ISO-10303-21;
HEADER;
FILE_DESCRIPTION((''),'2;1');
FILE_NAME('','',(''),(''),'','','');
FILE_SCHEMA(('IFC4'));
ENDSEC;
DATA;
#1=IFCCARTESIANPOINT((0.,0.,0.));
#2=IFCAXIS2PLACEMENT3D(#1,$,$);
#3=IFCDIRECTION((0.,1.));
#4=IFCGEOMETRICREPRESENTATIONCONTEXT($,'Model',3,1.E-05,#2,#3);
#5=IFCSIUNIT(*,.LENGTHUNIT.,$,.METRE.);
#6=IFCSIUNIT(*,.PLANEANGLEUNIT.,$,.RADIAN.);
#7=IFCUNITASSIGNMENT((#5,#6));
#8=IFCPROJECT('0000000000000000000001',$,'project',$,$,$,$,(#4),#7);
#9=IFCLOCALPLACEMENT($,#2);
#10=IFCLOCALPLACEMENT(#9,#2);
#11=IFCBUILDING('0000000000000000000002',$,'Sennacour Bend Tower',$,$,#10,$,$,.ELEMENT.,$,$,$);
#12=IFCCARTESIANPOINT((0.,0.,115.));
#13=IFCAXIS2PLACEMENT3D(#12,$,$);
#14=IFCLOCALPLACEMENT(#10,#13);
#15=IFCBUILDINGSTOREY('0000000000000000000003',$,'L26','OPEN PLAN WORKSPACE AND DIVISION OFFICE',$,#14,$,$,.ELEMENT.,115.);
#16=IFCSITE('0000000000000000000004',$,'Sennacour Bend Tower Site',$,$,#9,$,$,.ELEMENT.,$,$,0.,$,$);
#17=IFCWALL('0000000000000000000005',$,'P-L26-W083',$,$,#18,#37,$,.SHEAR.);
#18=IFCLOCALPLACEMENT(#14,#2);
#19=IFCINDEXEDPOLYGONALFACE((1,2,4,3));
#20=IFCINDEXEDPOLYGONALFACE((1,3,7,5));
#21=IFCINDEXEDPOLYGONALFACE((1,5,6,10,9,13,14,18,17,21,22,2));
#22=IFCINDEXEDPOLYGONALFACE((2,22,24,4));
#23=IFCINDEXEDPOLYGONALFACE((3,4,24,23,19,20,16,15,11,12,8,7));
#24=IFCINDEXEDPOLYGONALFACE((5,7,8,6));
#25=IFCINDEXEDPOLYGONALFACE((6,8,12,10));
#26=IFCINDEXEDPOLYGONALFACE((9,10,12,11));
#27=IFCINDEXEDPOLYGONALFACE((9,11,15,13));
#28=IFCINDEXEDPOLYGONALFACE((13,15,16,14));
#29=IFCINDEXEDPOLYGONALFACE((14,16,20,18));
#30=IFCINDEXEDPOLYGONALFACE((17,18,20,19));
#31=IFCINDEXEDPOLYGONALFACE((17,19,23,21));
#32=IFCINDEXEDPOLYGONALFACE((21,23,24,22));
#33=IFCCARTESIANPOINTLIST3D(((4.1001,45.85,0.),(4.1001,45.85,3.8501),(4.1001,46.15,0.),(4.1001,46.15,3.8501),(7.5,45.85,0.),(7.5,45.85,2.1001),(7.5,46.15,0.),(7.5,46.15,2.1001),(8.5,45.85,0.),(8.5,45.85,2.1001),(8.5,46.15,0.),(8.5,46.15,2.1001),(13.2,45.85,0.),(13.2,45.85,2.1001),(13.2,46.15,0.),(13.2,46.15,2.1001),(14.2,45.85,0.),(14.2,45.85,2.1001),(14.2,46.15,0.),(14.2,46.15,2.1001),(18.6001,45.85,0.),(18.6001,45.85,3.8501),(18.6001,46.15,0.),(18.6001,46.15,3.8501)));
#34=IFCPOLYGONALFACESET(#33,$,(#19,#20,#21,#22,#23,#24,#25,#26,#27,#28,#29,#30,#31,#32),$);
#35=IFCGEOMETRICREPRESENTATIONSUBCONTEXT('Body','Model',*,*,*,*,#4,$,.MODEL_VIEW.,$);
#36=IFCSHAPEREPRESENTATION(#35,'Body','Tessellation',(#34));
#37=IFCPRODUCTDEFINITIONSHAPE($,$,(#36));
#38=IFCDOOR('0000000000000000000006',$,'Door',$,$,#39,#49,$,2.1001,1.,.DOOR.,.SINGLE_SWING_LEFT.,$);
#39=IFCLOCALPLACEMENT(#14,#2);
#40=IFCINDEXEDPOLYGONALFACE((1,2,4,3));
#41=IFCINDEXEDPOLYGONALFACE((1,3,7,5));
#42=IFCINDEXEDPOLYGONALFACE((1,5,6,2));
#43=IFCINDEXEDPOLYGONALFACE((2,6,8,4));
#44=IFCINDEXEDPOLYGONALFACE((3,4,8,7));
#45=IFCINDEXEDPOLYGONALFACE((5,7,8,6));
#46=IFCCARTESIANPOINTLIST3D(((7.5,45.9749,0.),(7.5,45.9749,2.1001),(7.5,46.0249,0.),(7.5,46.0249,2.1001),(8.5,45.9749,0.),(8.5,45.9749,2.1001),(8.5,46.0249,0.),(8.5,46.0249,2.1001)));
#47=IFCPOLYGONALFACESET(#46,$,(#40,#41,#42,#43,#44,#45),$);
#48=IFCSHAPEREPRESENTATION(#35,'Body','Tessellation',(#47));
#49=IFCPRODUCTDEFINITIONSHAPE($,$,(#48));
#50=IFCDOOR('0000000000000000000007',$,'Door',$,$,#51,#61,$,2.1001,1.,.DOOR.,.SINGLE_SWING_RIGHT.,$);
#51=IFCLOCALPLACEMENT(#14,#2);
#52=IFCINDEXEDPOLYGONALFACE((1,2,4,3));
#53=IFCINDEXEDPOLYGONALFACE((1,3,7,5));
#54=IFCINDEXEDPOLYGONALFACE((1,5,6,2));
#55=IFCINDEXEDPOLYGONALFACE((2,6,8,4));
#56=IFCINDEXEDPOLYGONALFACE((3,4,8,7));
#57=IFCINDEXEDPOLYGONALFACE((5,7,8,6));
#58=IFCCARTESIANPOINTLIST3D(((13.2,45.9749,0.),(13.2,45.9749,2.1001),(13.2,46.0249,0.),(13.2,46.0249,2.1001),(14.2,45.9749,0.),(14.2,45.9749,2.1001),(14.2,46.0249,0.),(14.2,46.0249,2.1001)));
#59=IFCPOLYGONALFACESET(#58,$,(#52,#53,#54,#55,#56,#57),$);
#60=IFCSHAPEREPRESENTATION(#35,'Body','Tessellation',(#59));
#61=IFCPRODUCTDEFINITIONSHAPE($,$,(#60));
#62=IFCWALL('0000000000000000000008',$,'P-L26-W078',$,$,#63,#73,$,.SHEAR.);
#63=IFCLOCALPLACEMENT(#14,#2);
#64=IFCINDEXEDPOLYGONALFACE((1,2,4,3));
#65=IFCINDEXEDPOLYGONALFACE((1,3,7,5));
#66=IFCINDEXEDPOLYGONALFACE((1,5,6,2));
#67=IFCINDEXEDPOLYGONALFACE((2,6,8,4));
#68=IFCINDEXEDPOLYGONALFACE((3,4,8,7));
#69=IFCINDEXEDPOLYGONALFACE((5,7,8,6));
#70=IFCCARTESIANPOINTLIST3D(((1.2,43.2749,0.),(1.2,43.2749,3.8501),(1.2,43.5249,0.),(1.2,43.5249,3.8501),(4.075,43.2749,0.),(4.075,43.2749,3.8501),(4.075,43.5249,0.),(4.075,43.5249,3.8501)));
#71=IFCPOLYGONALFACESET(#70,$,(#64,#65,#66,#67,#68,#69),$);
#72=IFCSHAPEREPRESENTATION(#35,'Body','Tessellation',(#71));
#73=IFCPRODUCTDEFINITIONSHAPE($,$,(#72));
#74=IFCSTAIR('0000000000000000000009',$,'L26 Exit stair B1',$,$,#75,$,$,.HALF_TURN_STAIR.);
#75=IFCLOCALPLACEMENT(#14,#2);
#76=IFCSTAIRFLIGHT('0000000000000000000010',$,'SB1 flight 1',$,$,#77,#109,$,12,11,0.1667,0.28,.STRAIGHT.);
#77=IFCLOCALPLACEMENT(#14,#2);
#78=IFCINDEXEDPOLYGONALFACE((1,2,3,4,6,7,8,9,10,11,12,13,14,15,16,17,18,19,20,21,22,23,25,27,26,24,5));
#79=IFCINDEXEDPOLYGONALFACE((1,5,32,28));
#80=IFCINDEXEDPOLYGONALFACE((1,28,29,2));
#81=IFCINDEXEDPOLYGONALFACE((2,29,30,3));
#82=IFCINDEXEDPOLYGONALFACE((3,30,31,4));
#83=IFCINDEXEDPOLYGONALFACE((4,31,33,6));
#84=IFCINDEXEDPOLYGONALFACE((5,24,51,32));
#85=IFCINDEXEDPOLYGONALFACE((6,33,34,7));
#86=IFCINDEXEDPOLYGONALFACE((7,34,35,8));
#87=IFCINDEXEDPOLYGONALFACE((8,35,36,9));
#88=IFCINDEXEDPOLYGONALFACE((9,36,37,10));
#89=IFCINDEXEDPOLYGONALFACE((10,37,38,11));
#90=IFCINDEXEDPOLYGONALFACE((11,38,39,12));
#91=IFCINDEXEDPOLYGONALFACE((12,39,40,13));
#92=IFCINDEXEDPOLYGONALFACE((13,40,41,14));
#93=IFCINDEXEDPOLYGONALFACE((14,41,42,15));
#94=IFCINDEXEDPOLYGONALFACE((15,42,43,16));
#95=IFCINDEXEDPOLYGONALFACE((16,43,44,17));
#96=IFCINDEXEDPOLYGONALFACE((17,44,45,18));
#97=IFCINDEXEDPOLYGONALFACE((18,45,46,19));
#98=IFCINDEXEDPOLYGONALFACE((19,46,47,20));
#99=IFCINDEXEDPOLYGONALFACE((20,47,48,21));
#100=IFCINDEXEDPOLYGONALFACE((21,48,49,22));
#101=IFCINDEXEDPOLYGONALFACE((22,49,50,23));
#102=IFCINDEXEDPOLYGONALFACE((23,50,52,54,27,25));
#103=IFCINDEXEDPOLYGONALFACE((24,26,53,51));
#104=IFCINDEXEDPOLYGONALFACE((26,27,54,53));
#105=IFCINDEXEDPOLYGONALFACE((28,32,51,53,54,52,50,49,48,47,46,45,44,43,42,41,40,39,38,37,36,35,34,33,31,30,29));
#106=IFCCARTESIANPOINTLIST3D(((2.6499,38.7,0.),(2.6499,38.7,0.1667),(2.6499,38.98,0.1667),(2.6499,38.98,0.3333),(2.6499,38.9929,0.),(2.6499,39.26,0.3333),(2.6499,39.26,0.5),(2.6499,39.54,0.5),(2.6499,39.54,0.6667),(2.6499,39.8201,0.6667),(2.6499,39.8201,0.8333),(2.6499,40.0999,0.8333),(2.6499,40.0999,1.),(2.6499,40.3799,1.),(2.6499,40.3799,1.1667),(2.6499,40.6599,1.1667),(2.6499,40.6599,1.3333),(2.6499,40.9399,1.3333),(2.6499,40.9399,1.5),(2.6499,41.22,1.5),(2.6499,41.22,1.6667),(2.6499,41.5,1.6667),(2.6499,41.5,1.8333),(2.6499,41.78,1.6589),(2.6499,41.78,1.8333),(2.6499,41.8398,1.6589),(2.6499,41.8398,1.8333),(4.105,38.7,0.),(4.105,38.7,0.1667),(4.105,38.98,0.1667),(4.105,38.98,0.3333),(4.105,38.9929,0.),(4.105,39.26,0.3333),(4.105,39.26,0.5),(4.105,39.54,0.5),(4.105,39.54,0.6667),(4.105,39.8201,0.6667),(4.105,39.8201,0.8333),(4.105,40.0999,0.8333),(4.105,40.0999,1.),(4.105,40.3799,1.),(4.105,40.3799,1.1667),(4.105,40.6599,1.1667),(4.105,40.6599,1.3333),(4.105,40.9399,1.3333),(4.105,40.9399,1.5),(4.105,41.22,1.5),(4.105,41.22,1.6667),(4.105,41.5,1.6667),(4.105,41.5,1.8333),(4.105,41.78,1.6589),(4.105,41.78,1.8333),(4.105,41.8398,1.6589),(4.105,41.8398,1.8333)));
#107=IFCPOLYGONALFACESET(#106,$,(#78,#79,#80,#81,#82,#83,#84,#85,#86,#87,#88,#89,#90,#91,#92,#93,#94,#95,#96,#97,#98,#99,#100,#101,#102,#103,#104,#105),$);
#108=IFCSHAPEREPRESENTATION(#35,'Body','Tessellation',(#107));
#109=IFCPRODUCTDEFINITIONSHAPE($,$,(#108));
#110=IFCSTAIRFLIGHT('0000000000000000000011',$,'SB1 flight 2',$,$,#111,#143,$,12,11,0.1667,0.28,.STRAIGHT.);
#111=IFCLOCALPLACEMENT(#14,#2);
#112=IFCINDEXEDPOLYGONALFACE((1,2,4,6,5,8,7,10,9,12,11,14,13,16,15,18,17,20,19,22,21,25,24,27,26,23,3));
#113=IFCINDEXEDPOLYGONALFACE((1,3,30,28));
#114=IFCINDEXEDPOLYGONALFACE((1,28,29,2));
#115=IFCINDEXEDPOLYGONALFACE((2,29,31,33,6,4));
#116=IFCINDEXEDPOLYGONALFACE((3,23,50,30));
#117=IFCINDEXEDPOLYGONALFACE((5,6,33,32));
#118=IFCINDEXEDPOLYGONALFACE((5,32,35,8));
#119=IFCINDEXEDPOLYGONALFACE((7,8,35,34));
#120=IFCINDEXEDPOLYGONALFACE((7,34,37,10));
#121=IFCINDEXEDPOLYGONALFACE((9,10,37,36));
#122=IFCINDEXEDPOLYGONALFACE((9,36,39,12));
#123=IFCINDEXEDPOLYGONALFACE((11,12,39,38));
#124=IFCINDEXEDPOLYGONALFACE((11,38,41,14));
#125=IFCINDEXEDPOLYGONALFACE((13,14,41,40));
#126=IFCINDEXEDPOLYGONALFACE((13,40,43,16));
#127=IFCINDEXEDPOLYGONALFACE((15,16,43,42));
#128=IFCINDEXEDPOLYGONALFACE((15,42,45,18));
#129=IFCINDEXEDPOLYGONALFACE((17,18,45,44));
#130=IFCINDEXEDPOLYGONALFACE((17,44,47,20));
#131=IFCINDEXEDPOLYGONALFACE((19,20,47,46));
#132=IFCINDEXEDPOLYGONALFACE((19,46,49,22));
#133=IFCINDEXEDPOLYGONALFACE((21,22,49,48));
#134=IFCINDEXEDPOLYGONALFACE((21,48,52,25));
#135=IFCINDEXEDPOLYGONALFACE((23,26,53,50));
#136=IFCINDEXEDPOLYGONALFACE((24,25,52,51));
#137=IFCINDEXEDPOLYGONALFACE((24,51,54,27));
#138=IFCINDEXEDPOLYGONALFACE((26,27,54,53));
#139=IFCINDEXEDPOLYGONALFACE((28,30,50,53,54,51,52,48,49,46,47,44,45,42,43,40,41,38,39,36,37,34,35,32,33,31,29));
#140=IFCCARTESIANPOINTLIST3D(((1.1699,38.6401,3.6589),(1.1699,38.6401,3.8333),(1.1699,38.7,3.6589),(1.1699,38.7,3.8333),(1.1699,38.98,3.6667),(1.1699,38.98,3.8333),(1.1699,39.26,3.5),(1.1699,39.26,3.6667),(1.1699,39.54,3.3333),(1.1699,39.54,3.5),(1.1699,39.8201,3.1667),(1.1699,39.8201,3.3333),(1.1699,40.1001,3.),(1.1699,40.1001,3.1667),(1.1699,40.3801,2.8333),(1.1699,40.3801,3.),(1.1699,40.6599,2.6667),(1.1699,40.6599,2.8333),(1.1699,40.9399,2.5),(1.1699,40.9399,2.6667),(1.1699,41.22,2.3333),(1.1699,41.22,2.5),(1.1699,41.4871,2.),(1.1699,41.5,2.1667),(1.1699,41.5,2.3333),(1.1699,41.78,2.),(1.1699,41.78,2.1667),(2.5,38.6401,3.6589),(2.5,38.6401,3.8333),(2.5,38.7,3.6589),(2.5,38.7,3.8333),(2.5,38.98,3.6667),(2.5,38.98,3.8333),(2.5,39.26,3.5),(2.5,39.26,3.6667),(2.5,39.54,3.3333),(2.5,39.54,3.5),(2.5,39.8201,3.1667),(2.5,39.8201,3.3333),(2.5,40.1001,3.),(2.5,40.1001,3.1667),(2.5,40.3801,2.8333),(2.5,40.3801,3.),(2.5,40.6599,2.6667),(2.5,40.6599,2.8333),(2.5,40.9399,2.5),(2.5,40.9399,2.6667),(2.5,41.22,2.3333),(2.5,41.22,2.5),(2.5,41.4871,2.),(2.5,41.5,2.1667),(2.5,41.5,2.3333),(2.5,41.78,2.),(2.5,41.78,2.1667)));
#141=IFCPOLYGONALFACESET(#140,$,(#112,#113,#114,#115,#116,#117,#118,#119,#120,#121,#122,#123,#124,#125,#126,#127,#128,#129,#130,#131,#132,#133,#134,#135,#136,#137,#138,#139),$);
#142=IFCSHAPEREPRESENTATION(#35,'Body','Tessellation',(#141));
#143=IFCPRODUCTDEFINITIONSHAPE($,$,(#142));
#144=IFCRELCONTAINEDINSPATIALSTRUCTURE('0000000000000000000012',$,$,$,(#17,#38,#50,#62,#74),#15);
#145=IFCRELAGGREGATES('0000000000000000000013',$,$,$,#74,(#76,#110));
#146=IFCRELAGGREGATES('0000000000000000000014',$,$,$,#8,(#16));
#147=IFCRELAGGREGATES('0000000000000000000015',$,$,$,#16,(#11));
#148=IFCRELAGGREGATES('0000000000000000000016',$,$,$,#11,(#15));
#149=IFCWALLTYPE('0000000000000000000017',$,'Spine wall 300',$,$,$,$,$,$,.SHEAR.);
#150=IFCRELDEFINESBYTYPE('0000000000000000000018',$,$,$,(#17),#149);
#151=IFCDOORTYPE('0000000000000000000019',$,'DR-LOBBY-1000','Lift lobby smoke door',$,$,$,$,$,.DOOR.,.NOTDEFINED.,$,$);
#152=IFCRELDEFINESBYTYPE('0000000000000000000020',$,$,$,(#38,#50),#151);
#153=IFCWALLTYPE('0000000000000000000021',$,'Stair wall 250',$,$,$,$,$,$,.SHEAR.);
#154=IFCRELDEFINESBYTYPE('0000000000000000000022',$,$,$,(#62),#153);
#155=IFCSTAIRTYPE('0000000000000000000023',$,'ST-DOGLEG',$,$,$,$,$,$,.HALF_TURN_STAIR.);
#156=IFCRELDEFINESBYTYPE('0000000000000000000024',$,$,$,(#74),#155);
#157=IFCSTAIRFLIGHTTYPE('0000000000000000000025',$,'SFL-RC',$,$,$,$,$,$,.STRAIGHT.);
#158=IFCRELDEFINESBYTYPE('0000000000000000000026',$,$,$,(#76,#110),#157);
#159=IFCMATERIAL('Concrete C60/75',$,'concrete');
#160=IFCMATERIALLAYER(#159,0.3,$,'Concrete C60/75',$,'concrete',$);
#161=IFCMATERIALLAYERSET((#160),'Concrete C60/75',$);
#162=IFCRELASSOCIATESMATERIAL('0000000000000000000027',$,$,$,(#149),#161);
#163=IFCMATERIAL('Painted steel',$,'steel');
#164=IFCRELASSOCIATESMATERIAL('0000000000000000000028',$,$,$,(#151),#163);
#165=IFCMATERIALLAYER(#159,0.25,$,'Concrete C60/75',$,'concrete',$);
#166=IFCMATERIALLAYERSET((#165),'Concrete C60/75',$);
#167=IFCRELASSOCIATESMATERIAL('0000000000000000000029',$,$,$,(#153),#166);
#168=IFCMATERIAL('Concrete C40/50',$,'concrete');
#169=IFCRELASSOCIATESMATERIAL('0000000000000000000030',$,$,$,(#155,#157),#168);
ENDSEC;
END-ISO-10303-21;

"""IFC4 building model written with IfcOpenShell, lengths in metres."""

from ifc_helpers import new_model, si_unit, direction, frame, frame_2d, origin, place, context, subcontext, project, spatial, polyline, rectangle, outline, extrude, material, layer, layer_set, type_object, element, fill, aggregate, save


model = new_model("IFC4")

# Units and contexts
model_context = context("Model", 3, precision=1e-05, world=origin(), true_north=direction((0.0, 1.0)))
body_context = subcontext(model_context, "Body", "Model", "MODEL_VIEW")
ifc_project = project(units=[si_unit("LENGTHUNIT", "METRE"), si_unit("PLANEANGLEUNIT", "RADIAN")], contexts=[model_context])

# Site, building, storey
site_placement = place(None, origin())
site = spatial("IfcSite", under=ifc_project, at=site_placement, Name="Sennacour Bend Tower Site", CompositionType="ELEMENT", RefElevation=0.0)
building_placement = place(site_placement, origin())
building = spatial("IfcBuilding", under=site, at=building_placement, Name="Sennacour Bend Tower", CompositionType="ELEMENT")
storey_placement = place(building_placement, frame((0.0, 0.0, 115.0)))
storey = spatial("IfcBuildingStorey", under=building, at=storey_placement, Name="L26", Description="OPEN PLAN WORKSPACE AND DIVISION OFFICE", CompositionType="ELEMENT", Elevation=115.0)

# Shared definitions
ifc_material_1 = material(Name="Painted steel", Category="steel")

# Wall, openings, doors
ifc_material_2 = material(Name="Concrete C60/75", Category="concrete")
ifc_layer_1 = layer(ifc_material_2, 0.3, Name="Concrete C60/75", Category="concrete")
ifc_layer_set_1 = layer_set([ifc_layer_1], Name="Concrete C60/75")
wall_type_1 = type_object("IfcWallType", Name="Spine wall 300", PredefinedType="SHEAR", material=ifc_layer_set_1)
wall_1_placement = place(storey_placement, frame((4.1001, 46.0, 0.0), z_axis=(0.0, 0.0, 1.0), x_axis=(1.0, 0.0, 0.0)))
wall_1 = element("IfcWall", 1, at=wall_1_placement, inside=storey, type_object=wall_type_1, Name="P-L26-W083", PredefinedType="SHEAR", context=body_context, shape_type="SweptSolid", body=[
    extrude(rectangle(XDim=14.5, YDim=0.3, at=frame_2d((7.25, 0.0))), origin(), (0.0, 0.0, 1.0), 3.8501),
])
opening_1_placement = place(wall_1_placement, frame((3.3999, 0.0, 0.0)))
opening_1 = element("IfcOpeningElement", 2, at=opening_1_placement, cuts=wall_1, PredefinedType="OPENING", context=body_context, shape_type="SweptSolid", body=[
    extrude(rectangle(XDim=1.0, YDim=2.1001, at=frame_2d((0.5, 1.05))), frame((0.0, 0.1602, 0.0), z_axis=(0.0, -1.0, 0.0), x_axis=(1.0, 0.0, 0.0)), (0.0, 0.0, 1.0), 0.3201),
])
opening_2_placement = place(wall_1_placement, frame((9.0999, 0.0, 0.0)))
opening_2 = element("IfcOpeningElement", 3, at=opening_2_placement, cuts=wall_1, PredefinedType="OPENING", context=body_context, shape_type="SweptSolid", body=[
    extrude(rectangle(XDim=1.0, YDim=2.1001, at=frame_2d((0.5, 1.05))), frame((0.0, 0.1602, 0.0), z_axis=(0.0, -1.0, 0.0), x_axis=(1.0, 0.0, 0.0)), (0.0, 0.0, 1.0), 0.3201),
])
door_type_1 = type_object("IfcDoorType", Name="DR-LOBBY-1000", Description="Lift lobby smoke door", OperationType="NOTDEFINED", PredefinedType="DOOR", material=ifc_material_1)
door_1_placement = place(opening_1_placement, origin())
door_1 = element("IfcDoor", 4, at=door_1_placement, inside=storey, type_object=door_type_1, Name="Door", OperationType="SINGLE_SWING_LEFT", OverallHeight=2.1001, OverallWidth=1.0, PredefinedType="DOOR", context=body_context, shape_type="SweptSolid", body=[
    extrude(rectangle(XDim=1.0, YDim=2.1001, at=frame_2d((0.5, 1.05))), frame((0.0, 0.0249, 0.0), z_axis=(0.0, -1.0, 0.0), x_axis=(1.0, 0.0, 0.0)), (0.0, 0.0, 1.0), 0.05),
])
fill(opening_1, door_1)
door_2_placement = place(opening_2_placement, origin())
door_2 = element("IfcDoor", 5, at=door_2_placement, inside=storey, type_object=door_type_1, Name="Door", OperationType="SINGLE_SWING_RIGHT", OverallHeight=2.1001, OverallWidth=1.0, PredefinedType="DOOR", context=body_context, shape_type="SweptSolid", body=[
    extrude(rectangle(XDim=1.0, YDim=2.1001, at=frame_2d((0.5, 1.05))), frame((0.0, 0.0249, 0.0), z_axis=(0.0, -1.0, 0.0), x_axis=(1.0, 0.0, 0.0)), (0.0, 0.0, 1.0), 0.05),
])
fill(opening_2, door_2)

# Wall
ifc_layer_2 = layer(ifc_material_2, 0.25, Name="Concrete C60/75", Category="concrete")
ifc_layer_set_2 = layer_set([ifc_layer_2], Name="Concrete C60/75")
wall_type_2 = type_object("IfcWallType", Name="Stair wall 250", PredefinedType="SHEAR", material=ifc_layer_set_2)
wall_2_placement = place(storey_placement, frame((1.2, 43.3999, 0.0), z_axis=(0.0, 0.0, 1.0), x_axis=(1.0, 0.0, 0.0)))
element("IfcWall", 6, at=wall_2_placement, inside=storey, type_object=wall_type_2, Name="P-L26-W078", PredefinedType="SHEAR", context=body_context, shape_type="SweptSolid", body=[
    extrude(rectangle(XDim=2.875, YDim=0.25, at=frame_2d((1.4375, 0.0))), origin(), (0.0, 0.0, 1.0), 3.8501),
])

# Stair, stair flights
ifc_material_3 = material(Name="Concrete C40/50", Category="concrete")
stair_type = type_object("IfcStairType", Name="ST-DOGLEG", PredefinedType="HALF_TURN_STAIR", material=ifc_material_3)
stair_placement = place(storey_placement, origin())
stair = element("IfcStair", 7, at=stair_placement, inside=storey, type_object=stair_type, Name="L26 Exit stair B1", PredefinedType="HALF_TURN_STAIR")
stair_flight_type = type_object("IfcStairFlightType", Name="SFL-RC", PredefinedType="STRAIGHT", material=ifc_material_3)
stair_flight_1_placement = place(storey_placement, frame((3.3774, 38.7, 0.0), z_axis=(0.0, 0.0, 1.0), x_axis=(0.0, 1.0, 0.0)))
stair_flight_1 = element("IfcStairFlight", 8, at=stair_flight_1_placement, type_object=stair_flight_type, Name="SB1 flight 1", NumberOfRisers=12, NumberOfTreads=11, PredefinedType="STRAIGHT", RiserHeight=0.1667, TreadLength=0.28, context=body_context, shape_type="SweptSolid", body=[
    extrude(outline(polyline([(0.0, 0.0), (0.0, 0.1667), (0.28, 0.1667), (0.28, 0.3333), (0.5601, 0.3333), (0.5601, 0.5), (0.8401, 0.5), (0.8401, 0.6667), (1.1201, 0.6667), (1.1201, 0.8333), (1.3999, 0.8333), (1.3999, 1.0), (1.6799, 1.0), (1.6799, 1.1667), (1.96, 1.1667), (1.96, 1.3333), (2.24, 1.3333), (2.24, 1.5), (2.52, 1.5), (2.52, 1.6667), (2.8, 1.6667), (2.8, 1.8333), (3.0801, 1.8333), (3.1399, 1.8333), (3.1399, 1.6589), (3.0801, 1.6589), (0.293, 0.0), (0.0, 0.0)])), frame((0.0, 0.7275, 0.0), z_axis=(0.0, -1.0, 0.0), x_axis=(1.0, 0.0, 0.0)), (0.0, 0.0, 1.0), 1.4551),
])
stair_flight_2_placement = place(storey_placement, frame((1.835, 41.78, 2.0), z_axis=(0.0, 0.0, 1.0), x_axis=(0.0, -1.0, 0.0)))
stair_flight_2 = element("IfcStairFlight", 9, at=stair_flight_2_placement, type_object=stair_flight_type, Name="SB1 flight 2", NumberOfRisers=12, NumberOfTreads=11, PredefinedType="STRAIGHT", RiserHeight=0.1667, TreadLength=0.28, context=body_context, shape_type="SweptSolid", body=[
    extrude(outline(polyline([(0.0, 0.0), (0.0, 0.1667), (0.28, 0.1667), (0.28, 0.3333), (0.5601, 0.3333), (0.5601, 0.5), (0.8401, 0.5), (0.8401, 0.6667), (1.1201, 0.6667), (1.1201, 0.8333), (1.3999, 0.8333), (1.3999, 1.0), (1.6799, 1.0), (1.6799, 1.1667), (1.96, 1.1667), (1.96, 1.3333), (2.24, 1.3333), (2.24, 1.5), (2.52, 1.5), (2.52, 1.6667), (2.8, 1.6667), (2.8, 1.8333), (3.0801, 1.8333), (3.1399, 1.8333), (3.1399, 1.6589), (3.0801, 1.6589), (0.293, 0.0), (0.0, 0.0)])), frame((0.0, 0.665, 0.0), z_axis=(0.0, -1.0, 0.0), x_axis=(1.0, 0.0, 0.0)), (0.0, 0.0, 1.0), 1.3301),
])
aggregate(stair, [stair_flight_1, stair_flight_2])

save(model, "model.ifc")
